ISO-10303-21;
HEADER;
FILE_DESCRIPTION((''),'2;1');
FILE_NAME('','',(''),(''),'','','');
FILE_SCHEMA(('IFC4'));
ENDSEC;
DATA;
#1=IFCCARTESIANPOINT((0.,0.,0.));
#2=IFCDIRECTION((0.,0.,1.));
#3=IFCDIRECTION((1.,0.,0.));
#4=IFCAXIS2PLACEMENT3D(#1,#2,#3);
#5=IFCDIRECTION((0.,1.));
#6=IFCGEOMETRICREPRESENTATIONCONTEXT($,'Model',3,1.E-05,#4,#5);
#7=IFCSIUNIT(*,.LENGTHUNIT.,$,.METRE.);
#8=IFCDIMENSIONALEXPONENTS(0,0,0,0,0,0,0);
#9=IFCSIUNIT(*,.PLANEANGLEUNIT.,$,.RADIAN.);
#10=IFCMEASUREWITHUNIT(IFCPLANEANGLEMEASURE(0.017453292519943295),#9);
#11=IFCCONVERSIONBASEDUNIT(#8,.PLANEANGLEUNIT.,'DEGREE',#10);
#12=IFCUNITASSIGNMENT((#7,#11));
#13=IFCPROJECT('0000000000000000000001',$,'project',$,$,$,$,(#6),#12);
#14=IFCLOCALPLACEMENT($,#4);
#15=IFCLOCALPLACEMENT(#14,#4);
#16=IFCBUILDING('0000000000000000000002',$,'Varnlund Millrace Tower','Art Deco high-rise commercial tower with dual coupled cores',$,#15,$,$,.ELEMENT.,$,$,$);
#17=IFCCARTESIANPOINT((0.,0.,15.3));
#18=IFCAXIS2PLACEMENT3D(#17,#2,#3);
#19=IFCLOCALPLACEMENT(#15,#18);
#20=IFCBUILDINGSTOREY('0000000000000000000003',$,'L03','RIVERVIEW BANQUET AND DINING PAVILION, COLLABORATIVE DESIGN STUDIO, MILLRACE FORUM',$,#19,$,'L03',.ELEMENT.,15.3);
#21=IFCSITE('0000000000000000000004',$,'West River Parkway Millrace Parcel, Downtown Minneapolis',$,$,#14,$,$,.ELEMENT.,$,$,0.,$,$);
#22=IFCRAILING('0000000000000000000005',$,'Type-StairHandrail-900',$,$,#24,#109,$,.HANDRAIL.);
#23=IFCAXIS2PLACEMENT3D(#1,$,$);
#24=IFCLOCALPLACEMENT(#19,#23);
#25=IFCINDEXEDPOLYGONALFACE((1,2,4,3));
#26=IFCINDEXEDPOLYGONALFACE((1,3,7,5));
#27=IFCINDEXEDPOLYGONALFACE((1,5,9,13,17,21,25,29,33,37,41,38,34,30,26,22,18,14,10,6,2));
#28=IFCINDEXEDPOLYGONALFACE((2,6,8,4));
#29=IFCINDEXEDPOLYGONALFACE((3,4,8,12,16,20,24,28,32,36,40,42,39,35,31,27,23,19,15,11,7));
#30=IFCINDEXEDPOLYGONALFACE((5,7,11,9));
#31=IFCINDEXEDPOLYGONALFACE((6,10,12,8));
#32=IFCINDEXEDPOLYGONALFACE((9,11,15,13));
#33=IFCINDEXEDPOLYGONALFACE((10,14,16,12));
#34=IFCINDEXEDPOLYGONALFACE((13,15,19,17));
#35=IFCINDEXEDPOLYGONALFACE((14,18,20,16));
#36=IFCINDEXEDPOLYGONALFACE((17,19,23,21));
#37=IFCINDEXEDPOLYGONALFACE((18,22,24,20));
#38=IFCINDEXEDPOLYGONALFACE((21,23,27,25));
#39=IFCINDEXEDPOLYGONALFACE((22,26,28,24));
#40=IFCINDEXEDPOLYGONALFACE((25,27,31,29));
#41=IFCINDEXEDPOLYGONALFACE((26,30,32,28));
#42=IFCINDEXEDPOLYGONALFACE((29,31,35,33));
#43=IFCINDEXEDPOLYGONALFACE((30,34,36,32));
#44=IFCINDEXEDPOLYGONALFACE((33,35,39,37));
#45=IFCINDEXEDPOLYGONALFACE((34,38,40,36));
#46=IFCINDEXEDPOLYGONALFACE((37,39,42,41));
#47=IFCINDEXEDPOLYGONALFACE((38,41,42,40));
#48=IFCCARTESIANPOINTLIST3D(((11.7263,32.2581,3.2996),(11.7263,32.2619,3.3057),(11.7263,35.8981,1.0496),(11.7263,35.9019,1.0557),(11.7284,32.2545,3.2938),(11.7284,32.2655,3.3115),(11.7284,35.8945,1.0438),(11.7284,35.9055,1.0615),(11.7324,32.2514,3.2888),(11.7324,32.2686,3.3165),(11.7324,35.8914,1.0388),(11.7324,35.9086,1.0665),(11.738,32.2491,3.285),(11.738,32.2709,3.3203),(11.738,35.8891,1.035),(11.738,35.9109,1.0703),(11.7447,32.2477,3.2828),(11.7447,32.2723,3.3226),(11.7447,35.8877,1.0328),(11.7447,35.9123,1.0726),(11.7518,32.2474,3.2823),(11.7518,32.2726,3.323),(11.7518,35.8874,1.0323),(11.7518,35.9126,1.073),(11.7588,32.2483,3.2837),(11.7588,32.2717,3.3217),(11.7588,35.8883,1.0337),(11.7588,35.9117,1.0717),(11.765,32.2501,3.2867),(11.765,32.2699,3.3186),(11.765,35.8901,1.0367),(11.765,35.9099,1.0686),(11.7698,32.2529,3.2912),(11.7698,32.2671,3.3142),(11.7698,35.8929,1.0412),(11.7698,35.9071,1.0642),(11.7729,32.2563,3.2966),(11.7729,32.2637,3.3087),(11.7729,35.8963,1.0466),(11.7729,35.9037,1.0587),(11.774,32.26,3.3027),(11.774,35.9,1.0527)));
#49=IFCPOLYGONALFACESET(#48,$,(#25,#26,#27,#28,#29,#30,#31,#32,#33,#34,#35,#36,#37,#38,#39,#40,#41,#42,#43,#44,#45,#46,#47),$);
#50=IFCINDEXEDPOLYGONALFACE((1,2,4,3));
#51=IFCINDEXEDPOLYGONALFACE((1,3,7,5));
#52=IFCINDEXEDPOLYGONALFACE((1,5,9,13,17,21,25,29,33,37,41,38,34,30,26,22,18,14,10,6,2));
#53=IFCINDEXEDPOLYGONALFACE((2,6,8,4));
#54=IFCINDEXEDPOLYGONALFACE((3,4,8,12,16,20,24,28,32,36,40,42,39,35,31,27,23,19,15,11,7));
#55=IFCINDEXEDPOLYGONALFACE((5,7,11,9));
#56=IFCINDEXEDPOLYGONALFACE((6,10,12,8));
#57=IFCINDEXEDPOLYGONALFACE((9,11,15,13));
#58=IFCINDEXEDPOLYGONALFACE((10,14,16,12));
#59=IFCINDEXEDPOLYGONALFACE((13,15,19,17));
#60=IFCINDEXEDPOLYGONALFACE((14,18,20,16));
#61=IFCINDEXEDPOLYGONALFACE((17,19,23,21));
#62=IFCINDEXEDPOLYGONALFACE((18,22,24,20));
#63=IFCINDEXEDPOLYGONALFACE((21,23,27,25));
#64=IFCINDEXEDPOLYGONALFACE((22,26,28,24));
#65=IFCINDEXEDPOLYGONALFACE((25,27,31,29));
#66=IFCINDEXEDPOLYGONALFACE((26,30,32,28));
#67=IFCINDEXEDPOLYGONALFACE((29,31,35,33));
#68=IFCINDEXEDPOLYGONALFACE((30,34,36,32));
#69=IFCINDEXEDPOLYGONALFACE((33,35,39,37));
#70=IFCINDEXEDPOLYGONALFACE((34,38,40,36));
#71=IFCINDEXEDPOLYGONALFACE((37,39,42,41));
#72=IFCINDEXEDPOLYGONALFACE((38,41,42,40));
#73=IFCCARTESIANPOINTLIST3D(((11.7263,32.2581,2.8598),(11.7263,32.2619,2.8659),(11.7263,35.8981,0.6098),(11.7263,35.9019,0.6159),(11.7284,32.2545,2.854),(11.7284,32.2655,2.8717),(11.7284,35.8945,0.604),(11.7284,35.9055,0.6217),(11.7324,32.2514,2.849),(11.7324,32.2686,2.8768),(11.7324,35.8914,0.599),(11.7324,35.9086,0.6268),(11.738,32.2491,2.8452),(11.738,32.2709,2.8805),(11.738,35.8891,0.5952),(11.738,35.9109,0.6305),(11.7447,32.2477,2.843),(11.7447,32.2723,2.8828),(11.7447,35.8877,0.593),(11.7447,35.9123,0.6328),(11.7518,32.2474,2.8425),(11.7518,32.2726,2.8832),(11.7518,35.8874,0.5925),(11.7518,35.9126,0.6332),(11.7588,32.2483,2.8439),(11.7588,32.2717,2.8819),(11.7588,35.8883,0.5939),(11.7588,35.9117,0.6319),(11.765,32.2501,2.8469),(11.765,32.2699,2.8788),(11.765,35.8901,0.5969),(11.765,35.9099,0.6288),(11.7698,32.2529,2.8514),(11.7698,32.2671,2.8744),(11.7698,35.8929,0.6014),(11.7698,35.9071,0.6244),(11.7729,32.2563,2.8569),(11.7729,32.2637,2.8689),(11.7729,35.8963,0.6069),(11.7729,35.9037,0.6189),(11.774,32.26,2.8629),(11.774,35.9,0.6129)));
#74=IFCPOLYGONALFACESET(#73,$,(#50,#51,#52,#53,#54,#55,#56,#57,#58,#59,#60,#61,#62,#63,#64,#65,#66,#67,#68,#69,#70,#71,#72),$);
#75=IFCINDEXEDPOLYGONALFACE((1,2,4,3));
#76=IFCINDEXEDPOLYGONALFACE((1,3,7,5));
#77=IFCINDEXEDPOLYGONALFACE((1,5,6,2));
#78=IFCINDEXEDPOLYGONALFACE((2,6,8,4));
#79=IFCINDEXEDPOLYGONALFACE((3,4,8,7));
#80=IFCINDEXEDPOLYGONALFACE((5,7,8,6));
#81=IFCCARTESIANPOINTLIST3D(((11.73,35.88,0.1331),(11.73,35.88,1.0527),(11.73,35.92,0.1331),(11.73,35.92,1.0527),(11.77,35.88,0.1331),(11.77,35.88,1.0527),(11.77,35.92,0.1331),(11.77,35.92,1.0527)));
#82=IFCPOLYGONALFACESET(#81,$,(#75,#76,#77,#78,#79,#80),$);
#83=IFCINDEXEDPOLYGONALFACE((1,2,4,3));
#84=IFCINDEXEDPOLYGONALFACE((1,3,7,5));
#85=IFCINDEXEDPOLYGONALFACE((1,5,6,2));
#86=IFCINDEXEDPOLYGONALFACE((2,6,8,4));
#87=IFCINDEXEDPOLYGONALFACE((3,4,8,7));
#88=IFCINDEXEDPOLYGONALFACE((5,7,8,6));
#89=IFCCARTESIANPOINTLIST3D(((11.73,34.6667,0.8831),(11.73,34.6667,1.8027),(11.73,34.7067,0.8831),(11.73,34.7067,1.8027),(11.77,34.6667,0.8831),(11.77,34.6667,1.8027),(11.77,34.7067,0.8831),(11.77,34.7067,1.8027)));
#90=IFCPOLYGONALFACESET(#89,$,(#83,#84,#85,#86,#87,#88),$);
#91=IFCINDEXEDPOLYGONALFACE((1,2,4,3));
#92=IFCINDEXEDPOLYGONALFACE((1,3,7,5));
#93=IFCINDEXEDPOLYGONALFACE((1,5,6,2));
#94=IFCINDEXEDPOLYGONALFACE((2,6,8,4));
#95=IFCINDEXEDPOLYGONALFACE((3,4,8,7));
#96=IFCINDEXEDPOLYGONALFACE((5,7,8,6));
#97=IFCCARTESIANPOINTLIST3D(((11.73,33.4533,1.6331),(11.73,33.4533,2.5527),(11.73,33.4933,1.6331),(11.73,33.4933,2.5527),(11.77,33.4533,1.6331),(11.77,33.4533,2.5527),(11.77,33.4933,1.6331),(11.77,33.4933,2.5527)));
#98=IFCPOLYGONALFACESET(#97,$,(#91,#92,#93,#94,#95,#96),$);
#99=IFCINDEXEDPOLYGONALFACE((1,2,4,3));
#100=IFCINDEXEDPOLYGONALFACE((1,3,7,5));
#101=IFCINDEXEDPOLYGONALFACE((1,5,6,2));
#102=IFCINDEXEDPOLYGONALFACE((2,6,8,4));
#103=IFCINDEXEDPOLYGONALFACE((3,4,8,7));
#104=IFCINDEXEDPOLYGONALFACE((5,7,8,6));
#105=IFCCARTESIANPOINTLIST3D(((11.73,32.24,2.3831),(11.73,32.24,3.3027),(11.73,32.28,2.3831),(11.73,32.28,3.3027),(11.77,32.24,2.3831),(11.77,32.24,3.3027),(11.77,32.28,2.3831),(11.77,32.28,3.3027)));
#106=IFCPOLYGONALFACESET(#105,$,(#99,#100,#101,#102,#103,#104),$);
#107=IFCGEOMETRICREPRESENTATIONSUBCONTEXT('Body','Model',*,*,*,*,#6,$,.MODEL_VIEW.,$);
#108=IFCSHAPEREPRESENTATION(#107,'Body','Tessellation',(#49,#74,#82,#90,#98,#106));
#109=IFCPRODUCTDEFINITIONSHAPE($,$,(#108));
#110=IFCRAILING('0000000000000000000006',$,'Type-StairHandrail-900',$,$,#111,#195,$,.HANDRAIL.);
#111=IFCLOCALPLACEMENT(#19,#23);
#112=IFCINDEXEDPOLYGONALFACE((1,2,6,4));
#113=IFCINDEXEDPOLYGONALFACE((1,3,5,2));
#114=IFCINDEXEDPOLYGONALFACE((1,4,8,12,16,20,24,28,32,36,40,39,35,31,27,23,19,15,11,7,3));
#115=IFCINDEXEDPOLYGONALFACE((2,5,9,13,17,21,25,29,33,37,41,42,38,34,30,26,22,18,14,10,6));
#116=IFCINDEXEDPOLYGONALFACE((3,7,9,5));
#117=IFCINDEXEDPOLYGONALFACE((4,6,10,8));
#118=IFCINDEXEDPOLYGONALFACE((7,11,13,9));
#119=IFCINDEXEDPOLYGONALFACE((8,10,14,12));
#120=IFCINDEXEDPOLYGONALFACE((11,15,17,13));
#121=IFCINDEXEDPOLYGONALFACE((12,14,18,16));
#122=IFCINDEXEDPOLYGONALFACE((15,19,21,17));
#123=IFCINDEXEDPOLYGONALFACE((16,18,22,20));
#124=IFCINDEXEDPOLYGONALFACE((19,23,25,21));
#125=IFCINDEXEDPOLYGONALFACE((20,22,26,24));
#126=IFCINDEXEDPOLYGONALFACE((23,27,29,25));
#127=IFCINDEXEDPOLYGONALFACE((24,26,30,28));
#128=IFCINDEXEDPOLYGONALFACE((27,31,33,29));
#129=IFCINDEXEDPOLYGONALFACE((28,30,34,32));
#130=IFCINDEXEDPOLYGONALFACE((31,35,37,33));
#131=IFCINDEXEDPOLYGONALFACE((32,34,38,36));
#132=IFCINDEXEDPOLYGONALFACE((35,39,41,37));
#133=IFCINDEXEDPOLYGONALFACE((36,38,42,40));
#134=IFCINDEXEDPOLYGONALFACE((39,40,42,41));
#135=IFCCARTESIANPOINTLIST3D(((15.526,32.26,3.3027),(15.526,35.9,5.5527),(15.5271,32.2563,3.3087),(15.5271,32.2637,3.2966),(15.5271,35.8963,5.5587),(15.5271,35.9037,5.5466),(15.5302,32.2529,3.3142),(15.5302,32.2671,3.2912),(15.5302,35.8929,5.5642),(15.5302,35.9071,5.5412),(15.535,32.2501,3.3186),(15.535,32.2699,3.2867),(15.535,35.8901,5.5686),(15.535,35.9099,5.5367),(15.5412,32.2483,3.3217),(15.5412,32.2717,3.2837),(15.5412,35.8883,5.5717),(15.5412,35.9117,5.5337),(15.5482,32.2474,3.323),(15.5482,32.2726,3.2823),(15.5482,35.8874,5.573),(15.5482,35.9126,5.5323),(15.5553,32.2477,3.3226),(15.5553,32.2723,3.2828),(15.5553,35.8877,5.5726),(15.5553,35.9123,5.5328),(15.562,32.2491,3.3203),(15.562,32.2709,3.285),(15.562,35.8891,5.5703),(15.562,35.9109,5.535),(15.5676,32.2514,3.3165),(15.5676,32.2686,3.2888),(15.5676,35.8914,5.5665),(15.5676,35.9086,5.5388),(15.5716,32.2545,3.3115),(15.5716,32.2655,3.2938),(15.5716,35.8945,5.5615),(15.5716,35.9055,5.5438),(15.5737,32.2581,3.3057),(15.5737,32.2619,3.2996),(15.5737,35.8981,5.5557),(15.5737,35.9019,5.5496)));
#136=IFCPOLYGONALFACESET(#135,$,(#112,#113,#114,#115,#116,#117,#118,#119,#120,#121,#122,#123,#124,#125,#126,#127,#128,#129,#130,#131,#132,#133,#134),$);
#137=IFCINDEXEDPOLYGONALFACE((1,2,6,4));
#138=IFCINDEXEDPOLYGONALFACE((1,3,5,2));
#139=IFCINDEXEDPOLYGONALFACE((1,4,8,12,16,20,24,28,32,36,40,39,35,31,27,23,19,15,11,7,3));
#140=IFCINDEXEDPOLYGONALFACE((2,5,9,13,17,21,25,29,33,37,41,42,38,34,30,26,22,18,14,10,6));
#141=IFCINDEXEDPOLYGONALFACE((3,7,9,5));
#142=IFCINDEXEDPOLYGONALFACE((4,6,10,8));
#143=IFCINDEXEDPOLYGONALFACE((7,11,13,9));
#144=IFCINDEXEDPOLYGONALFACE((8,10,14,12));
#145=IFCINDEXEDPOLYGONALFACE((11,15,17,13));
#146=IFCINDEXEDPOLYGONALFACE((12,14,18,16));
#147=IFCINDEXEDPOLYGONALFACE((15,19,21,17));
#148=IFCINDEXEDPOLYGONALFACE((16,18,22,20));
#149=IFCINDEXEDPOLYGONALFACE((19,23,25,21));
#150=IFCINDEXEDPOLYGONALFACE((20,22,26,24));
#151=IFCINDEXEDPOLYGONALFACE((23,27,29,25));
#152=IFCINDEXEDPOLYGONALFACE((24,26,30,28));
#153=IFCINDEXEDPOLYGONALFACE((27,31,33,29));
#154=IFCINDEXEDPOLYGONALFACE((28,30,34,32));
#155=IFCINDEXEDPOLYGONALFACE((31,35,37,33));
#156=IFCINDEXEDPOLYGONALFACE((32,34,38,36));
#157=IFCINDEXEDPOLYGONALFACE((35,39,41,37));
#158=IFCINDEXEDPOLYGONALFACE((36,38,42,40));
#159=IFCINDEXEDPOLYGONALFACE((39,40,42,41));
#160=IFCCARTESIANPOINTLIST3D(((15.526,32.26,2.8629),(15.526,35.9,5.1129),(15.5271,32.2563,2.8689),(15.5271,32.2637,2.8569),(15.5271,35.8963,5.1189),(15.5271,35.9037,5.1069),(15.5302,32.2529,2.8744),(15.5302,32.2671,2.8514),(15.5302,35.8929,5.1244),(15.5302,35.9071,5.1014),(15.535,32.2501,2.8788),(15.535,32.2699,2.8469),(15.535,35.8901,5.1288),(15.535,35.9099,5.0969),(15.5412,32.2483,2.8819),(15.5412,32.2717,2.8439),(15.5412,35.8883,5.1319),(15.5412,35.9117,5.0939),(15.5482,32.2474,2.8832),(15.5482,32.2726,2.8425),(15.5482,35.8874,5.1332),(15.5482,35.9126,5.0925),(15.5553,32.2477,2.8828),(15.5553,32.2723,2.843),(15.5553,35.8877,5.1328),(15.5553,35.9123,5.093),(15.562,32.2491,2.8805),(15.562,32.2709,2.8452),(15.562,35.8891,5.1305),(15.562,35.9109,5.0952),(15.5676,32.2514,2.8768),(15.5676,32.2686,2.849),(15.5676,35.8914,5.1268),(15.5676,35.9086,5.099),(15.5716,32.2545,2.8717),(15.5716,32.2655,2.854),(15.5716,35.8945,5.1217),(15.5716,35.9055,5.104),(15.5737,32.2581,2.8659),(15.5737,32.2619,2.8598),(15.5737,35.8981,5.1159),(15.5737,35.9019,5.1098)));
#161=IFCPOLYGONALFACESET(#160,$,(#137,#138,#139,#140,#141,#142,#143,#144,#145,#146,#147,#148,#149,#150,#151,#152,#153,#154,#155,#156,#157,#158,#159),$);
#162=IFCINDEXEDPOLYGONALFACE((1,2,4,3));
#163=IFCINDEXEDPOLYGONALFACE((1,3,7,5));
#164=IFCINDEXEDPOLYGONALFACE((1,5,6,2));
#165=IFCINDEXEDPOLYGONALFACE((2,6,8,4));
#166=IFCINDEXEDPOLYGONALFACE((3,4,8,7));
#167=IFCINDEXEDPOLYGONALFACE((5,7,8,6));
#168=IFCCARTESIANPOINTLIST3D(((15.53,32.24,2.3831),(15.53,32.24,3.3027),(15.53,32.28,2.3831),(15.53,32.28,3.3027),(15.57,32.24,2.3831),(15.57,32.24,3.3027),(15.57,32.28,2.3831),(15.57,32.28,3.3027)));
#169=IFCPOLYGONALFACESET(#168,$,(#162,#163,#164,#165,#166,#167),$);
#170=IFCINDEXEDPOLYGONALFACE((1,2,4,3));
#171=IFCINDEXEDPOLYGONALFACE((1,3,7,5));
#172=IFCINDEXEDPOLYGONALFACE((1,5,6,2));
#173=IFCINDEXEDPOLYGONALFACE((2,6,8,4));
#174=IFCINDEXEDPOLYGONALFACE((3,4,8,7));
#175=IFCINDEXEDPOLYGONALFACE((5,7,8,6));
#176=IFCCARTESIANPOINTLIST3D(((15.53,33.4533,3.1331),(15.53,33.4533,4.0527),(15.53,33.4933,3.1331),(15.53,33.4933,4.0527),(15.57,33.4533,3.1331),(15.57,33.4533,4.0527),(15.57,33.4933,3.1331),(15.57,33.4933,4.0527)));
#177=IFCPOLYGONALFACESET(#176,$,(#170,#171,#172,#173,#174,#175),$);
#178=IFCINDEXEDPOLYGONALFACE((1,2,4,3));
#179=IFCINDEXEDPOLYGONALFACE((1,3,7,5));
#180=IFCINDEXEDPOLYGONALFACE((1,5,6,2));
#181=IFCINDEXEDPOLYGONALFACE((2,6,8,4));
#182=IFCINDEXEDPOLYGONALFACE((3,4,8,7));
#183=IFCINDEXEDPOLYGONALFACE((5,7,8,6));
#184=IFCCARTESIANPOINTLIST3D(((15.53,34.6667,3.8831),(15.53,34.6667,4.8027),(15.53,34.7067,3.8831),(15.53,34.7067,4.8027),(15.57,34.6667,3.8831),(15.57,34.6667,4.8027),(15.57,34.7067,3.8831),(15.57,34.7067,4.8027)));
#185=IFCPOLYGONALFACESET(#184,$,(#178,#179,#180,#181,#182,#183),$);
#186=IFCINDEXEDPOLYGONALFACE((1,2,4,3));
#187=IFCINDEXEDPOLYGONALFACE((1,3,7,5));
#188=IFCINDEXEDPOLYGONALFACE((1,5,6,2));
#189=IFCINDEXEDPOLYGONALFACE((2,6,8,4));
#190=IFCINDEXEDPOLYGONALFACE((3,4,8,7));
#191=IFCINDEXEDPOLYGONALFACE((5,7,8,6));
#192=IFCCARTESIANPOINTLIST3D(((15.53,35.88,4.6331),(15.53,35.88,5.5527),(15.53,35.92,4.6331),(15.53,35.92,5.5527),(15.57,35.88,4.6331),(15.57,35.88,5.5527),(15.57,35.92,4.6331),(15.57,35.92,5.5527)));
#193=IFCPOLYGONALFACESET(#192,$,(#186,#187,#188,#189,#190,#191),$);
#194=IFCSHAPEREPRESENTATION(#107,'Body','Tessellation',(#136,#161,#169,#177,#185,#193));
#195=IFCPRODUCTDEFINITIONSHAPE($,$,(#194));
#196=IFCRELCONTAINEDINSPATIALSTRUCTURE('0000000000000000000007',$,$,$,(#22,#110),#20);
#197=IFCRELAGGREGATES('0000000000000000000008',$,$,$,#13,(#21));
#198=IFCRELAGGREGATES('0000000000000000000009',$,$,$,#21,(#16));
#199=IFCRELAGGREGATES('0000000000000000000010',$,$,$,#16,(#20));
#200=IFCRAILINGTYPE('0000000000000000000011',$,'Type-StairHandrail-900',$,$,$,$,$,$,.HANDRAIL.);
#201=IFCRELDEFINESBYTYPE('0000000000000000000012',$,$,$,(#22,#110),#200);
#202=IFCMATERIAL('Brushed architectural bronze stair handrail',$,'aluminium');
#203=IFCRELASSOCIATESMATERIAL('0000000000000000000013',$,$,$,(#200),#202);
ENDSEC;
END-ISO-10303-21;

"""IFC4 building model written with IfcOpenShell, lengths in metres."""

from ifc_helpers import new_model, entity, si_unit, converted_unit, direction, frame, origin_with_axes, origin_2d_with_axis, place, context, subcontext, project, spatial, rectangle, circle, extrude, material, type_object, element, save


model = new_model("IFC4")

# Units and contexts
model_context = context("Model", 3, precision=1e-05, world=origin_with_axes(), true_north=direction((0.0, 1.0)))
body_context = subcontext(model_context, "Body", "Model", "MODEL_VIEW")
ifc_project = project(units=[si_unit("LENGTHUNIT", "METRE"), converted_unit("PLANEANGLEUNIT", "DEGREE", entity("IfcPlaneAngleMeasure", 0.017453292519943295), si_unit("PLANEANGLEUNIT", "RADIAN"), dimensions=[0, 0, 0, 0, 0, 0, 0])], contexts=[model_context])

# Site, building, storey
site_placement = place(None, origin_with_axes())
site = spatial("IfcSite", under=ifc_project, at=site_placement, Name="West River Parkway Millrace Parcel, Downtown Minneapolis", CompositionType="ELEMENT", RefElevation=0.0)
building_placement = place(site_placement, origin_with_axes())
building = spatial("IfcBuilding", under=site, at=building_placement, Name="Varnlund Millrace Tower", Description="Art Deco high-rise commercial tower with dual coupled cores", CompositionType="ELEMENT")
storey_placement = place(building_placement, frame((0.0, 0.0, 15.3), z_axis=(0.0, 0.0, 1.0), x_axis=(1.0, 0.0, 0.0)))
storey = spatial("IfcBuildingStorey", under=building, at=storey_placement, Name="L03", Description="RIVERVIEW BANQUET AND DINING PAVILION, COLLABORATIVE DESIGN STUDIO, MILLRACE FORUM", LongName="L03", CompositionType="ELEMENT", Elevation=15.3)

# Railings
ifc_material_1 = material(Name="Brushed architectural bronze stair handrail", Category="aluminium")
railing_type_1 = type_object("IfcRailingType", Name="Type-StairHandrail-900", PredefinedType="HANDRAIL", material=ifc_material_1)
railing_1_placement = place(storey_placement, frame((0.0, 0.0, -15.3), z_axis=(0.0, 0.0, 1.0), x_axis=(1.0, 0.0, 0.0)))
element("IfcRailing", 1, at=railing_1_placement, inside=storey, type_object=railing_type_1, Name="Type-StairHandrail-900", PredefinedType="HANDRAIL", context=body_context, shape_type="SweptSolid", body=[
    extrude(circle(Radius=0.024, at=origin_2d_with_axis()), frame((11.75, 35.9, 16.3527), z_axis=(0.0, -0.850614, 0.525791), x_axis=(1.0, 0.0, 0.0)), (0.0, 0.0, 1.0), 4.2793),
    extrude(circle(Radius=0.024, at=origin_2d_with_axis()), frame((11.75, 35.9, 15.9129), z_axis=(0.0, -0.850614, 0.525791), x_axis=(1.0, 0.0, 0.0)), (0.0, 0.0, 1.0), 4.2793),
    extrude(rectangle(XDim=0.04, YDim=0.04, at=origin_2d_with_axis()), frame((11.75, 35.9, 15.4331), z_axis=(0.0, 0.0, 1.0), x_axis=(1.0, 0.0, 0.0)), (0.0, 0.0, 1.0), 0.9196),
    extrude(rectangle(XDim=0.04, YDim=0.04, at=origin_2d_with_axis()), frame((11.75, 34.6867, 16.1831), z_axis=(0.0, 0.0, 1.0), x_axis=(1.0, 0.0, 0.0)), (0.0, 0.0, 1.0), 0.9196),
    extrude(rectangle(XDim=0.04, YDim=0.04, at=origin_2d_with_axis()), frame((11.75, 33.4733, 16.9331), z_axis=(0.0, 0.0, 1.0), x_axis=(1.0, 0.0, 0.0)), (0.0, 0.0, 1.0), 0.9196),
    extrude(rectangle(XDim=0.04, YDim=0.04, at=origin_2d_with_axis()), frame((11.75, 32.26, 17.6831), z_axis=(0.0, 0.0, 1.0), x_axis=(1.0, 0.0, 0.0)), (0.0, 0.0, 1.0), 0.9196),
])
railing_2_placement = place(storey_placement, frame((0.0, 0.0, -15.3), z_axis=(0.0, 0.0, 1.0), x_axis=(1.0, 0.0, 0.0)))
element("IfcRailing", 2, at=railing_2_placement, inside=storey, type_object=railing_type_1, Name="Type-StairHandrail-900", PredefinedType="HANDRAIL", context=body_context, shape_type="SweptSolid", body=[
    extrude(circle(Radius=0.024, at=origin_2d_with_axis()), frame((15.55, 32.26, 18.6027), z_axis=(0.0, 0.850614, 0.525791), x_axis=(-1.0, 0.0, 0.0)), (0.0, 0.0, 1.0), 4.2793),
    extrude(circle(Radius=0.024, at=origin_2d_with_axis()), frame((15.55, 32.26, 18.1629), z_axis=(0.0, 0.850614, 0.525791), x_axis=(-1.0, 0.0, 0.0)), (0.0, 0.0, 1.0), 4.2793),
    extrude(rectangle(XDim=0.04, YDim=0.04, at=origin_2d_with_axis()), frame((15.55, 32.26, 17.6831), z_axis=(0.0, 0.0, 1.0), x_axis=(1.0, 0.0, 0.0)), (0.0, 0.0, 1.0), 0.9196),
    extrude(rectangle(XDim=0.04, YDim=0.04, at=origin_2d_with_axis()), frame((15.55, 33.4733, 18.4331), z_axis=(0.0, 0.0, 1.0), x_axis=(1.0, 0.0, 0.0)), (0.0, 0.0, 1.0), 0.9196),
    extrude(rectangle(XDim=0.04, YDim=0.04, at=origin_2d_with_axis()), frame((15.55, 34.6867, 19.1831), z_axis=(0.0, 0.0, 1.0), x_axis=(1.0, 0.0, 0.0)), (0.0, 0.0, 1.0), 0.9196),
    extrude(rectangle(XDim=0.04, YDim=0.04, at=origin_2d_with_axis()), frame((15.55, 35.9, 19.9331), z_axis=(0.0, 0.0, 1.0), x_axis=(1.0, 0.0, 0.0)), (0.0, 0.0, 1.0), 0.9196),
])

save(model, "model.ifc")
